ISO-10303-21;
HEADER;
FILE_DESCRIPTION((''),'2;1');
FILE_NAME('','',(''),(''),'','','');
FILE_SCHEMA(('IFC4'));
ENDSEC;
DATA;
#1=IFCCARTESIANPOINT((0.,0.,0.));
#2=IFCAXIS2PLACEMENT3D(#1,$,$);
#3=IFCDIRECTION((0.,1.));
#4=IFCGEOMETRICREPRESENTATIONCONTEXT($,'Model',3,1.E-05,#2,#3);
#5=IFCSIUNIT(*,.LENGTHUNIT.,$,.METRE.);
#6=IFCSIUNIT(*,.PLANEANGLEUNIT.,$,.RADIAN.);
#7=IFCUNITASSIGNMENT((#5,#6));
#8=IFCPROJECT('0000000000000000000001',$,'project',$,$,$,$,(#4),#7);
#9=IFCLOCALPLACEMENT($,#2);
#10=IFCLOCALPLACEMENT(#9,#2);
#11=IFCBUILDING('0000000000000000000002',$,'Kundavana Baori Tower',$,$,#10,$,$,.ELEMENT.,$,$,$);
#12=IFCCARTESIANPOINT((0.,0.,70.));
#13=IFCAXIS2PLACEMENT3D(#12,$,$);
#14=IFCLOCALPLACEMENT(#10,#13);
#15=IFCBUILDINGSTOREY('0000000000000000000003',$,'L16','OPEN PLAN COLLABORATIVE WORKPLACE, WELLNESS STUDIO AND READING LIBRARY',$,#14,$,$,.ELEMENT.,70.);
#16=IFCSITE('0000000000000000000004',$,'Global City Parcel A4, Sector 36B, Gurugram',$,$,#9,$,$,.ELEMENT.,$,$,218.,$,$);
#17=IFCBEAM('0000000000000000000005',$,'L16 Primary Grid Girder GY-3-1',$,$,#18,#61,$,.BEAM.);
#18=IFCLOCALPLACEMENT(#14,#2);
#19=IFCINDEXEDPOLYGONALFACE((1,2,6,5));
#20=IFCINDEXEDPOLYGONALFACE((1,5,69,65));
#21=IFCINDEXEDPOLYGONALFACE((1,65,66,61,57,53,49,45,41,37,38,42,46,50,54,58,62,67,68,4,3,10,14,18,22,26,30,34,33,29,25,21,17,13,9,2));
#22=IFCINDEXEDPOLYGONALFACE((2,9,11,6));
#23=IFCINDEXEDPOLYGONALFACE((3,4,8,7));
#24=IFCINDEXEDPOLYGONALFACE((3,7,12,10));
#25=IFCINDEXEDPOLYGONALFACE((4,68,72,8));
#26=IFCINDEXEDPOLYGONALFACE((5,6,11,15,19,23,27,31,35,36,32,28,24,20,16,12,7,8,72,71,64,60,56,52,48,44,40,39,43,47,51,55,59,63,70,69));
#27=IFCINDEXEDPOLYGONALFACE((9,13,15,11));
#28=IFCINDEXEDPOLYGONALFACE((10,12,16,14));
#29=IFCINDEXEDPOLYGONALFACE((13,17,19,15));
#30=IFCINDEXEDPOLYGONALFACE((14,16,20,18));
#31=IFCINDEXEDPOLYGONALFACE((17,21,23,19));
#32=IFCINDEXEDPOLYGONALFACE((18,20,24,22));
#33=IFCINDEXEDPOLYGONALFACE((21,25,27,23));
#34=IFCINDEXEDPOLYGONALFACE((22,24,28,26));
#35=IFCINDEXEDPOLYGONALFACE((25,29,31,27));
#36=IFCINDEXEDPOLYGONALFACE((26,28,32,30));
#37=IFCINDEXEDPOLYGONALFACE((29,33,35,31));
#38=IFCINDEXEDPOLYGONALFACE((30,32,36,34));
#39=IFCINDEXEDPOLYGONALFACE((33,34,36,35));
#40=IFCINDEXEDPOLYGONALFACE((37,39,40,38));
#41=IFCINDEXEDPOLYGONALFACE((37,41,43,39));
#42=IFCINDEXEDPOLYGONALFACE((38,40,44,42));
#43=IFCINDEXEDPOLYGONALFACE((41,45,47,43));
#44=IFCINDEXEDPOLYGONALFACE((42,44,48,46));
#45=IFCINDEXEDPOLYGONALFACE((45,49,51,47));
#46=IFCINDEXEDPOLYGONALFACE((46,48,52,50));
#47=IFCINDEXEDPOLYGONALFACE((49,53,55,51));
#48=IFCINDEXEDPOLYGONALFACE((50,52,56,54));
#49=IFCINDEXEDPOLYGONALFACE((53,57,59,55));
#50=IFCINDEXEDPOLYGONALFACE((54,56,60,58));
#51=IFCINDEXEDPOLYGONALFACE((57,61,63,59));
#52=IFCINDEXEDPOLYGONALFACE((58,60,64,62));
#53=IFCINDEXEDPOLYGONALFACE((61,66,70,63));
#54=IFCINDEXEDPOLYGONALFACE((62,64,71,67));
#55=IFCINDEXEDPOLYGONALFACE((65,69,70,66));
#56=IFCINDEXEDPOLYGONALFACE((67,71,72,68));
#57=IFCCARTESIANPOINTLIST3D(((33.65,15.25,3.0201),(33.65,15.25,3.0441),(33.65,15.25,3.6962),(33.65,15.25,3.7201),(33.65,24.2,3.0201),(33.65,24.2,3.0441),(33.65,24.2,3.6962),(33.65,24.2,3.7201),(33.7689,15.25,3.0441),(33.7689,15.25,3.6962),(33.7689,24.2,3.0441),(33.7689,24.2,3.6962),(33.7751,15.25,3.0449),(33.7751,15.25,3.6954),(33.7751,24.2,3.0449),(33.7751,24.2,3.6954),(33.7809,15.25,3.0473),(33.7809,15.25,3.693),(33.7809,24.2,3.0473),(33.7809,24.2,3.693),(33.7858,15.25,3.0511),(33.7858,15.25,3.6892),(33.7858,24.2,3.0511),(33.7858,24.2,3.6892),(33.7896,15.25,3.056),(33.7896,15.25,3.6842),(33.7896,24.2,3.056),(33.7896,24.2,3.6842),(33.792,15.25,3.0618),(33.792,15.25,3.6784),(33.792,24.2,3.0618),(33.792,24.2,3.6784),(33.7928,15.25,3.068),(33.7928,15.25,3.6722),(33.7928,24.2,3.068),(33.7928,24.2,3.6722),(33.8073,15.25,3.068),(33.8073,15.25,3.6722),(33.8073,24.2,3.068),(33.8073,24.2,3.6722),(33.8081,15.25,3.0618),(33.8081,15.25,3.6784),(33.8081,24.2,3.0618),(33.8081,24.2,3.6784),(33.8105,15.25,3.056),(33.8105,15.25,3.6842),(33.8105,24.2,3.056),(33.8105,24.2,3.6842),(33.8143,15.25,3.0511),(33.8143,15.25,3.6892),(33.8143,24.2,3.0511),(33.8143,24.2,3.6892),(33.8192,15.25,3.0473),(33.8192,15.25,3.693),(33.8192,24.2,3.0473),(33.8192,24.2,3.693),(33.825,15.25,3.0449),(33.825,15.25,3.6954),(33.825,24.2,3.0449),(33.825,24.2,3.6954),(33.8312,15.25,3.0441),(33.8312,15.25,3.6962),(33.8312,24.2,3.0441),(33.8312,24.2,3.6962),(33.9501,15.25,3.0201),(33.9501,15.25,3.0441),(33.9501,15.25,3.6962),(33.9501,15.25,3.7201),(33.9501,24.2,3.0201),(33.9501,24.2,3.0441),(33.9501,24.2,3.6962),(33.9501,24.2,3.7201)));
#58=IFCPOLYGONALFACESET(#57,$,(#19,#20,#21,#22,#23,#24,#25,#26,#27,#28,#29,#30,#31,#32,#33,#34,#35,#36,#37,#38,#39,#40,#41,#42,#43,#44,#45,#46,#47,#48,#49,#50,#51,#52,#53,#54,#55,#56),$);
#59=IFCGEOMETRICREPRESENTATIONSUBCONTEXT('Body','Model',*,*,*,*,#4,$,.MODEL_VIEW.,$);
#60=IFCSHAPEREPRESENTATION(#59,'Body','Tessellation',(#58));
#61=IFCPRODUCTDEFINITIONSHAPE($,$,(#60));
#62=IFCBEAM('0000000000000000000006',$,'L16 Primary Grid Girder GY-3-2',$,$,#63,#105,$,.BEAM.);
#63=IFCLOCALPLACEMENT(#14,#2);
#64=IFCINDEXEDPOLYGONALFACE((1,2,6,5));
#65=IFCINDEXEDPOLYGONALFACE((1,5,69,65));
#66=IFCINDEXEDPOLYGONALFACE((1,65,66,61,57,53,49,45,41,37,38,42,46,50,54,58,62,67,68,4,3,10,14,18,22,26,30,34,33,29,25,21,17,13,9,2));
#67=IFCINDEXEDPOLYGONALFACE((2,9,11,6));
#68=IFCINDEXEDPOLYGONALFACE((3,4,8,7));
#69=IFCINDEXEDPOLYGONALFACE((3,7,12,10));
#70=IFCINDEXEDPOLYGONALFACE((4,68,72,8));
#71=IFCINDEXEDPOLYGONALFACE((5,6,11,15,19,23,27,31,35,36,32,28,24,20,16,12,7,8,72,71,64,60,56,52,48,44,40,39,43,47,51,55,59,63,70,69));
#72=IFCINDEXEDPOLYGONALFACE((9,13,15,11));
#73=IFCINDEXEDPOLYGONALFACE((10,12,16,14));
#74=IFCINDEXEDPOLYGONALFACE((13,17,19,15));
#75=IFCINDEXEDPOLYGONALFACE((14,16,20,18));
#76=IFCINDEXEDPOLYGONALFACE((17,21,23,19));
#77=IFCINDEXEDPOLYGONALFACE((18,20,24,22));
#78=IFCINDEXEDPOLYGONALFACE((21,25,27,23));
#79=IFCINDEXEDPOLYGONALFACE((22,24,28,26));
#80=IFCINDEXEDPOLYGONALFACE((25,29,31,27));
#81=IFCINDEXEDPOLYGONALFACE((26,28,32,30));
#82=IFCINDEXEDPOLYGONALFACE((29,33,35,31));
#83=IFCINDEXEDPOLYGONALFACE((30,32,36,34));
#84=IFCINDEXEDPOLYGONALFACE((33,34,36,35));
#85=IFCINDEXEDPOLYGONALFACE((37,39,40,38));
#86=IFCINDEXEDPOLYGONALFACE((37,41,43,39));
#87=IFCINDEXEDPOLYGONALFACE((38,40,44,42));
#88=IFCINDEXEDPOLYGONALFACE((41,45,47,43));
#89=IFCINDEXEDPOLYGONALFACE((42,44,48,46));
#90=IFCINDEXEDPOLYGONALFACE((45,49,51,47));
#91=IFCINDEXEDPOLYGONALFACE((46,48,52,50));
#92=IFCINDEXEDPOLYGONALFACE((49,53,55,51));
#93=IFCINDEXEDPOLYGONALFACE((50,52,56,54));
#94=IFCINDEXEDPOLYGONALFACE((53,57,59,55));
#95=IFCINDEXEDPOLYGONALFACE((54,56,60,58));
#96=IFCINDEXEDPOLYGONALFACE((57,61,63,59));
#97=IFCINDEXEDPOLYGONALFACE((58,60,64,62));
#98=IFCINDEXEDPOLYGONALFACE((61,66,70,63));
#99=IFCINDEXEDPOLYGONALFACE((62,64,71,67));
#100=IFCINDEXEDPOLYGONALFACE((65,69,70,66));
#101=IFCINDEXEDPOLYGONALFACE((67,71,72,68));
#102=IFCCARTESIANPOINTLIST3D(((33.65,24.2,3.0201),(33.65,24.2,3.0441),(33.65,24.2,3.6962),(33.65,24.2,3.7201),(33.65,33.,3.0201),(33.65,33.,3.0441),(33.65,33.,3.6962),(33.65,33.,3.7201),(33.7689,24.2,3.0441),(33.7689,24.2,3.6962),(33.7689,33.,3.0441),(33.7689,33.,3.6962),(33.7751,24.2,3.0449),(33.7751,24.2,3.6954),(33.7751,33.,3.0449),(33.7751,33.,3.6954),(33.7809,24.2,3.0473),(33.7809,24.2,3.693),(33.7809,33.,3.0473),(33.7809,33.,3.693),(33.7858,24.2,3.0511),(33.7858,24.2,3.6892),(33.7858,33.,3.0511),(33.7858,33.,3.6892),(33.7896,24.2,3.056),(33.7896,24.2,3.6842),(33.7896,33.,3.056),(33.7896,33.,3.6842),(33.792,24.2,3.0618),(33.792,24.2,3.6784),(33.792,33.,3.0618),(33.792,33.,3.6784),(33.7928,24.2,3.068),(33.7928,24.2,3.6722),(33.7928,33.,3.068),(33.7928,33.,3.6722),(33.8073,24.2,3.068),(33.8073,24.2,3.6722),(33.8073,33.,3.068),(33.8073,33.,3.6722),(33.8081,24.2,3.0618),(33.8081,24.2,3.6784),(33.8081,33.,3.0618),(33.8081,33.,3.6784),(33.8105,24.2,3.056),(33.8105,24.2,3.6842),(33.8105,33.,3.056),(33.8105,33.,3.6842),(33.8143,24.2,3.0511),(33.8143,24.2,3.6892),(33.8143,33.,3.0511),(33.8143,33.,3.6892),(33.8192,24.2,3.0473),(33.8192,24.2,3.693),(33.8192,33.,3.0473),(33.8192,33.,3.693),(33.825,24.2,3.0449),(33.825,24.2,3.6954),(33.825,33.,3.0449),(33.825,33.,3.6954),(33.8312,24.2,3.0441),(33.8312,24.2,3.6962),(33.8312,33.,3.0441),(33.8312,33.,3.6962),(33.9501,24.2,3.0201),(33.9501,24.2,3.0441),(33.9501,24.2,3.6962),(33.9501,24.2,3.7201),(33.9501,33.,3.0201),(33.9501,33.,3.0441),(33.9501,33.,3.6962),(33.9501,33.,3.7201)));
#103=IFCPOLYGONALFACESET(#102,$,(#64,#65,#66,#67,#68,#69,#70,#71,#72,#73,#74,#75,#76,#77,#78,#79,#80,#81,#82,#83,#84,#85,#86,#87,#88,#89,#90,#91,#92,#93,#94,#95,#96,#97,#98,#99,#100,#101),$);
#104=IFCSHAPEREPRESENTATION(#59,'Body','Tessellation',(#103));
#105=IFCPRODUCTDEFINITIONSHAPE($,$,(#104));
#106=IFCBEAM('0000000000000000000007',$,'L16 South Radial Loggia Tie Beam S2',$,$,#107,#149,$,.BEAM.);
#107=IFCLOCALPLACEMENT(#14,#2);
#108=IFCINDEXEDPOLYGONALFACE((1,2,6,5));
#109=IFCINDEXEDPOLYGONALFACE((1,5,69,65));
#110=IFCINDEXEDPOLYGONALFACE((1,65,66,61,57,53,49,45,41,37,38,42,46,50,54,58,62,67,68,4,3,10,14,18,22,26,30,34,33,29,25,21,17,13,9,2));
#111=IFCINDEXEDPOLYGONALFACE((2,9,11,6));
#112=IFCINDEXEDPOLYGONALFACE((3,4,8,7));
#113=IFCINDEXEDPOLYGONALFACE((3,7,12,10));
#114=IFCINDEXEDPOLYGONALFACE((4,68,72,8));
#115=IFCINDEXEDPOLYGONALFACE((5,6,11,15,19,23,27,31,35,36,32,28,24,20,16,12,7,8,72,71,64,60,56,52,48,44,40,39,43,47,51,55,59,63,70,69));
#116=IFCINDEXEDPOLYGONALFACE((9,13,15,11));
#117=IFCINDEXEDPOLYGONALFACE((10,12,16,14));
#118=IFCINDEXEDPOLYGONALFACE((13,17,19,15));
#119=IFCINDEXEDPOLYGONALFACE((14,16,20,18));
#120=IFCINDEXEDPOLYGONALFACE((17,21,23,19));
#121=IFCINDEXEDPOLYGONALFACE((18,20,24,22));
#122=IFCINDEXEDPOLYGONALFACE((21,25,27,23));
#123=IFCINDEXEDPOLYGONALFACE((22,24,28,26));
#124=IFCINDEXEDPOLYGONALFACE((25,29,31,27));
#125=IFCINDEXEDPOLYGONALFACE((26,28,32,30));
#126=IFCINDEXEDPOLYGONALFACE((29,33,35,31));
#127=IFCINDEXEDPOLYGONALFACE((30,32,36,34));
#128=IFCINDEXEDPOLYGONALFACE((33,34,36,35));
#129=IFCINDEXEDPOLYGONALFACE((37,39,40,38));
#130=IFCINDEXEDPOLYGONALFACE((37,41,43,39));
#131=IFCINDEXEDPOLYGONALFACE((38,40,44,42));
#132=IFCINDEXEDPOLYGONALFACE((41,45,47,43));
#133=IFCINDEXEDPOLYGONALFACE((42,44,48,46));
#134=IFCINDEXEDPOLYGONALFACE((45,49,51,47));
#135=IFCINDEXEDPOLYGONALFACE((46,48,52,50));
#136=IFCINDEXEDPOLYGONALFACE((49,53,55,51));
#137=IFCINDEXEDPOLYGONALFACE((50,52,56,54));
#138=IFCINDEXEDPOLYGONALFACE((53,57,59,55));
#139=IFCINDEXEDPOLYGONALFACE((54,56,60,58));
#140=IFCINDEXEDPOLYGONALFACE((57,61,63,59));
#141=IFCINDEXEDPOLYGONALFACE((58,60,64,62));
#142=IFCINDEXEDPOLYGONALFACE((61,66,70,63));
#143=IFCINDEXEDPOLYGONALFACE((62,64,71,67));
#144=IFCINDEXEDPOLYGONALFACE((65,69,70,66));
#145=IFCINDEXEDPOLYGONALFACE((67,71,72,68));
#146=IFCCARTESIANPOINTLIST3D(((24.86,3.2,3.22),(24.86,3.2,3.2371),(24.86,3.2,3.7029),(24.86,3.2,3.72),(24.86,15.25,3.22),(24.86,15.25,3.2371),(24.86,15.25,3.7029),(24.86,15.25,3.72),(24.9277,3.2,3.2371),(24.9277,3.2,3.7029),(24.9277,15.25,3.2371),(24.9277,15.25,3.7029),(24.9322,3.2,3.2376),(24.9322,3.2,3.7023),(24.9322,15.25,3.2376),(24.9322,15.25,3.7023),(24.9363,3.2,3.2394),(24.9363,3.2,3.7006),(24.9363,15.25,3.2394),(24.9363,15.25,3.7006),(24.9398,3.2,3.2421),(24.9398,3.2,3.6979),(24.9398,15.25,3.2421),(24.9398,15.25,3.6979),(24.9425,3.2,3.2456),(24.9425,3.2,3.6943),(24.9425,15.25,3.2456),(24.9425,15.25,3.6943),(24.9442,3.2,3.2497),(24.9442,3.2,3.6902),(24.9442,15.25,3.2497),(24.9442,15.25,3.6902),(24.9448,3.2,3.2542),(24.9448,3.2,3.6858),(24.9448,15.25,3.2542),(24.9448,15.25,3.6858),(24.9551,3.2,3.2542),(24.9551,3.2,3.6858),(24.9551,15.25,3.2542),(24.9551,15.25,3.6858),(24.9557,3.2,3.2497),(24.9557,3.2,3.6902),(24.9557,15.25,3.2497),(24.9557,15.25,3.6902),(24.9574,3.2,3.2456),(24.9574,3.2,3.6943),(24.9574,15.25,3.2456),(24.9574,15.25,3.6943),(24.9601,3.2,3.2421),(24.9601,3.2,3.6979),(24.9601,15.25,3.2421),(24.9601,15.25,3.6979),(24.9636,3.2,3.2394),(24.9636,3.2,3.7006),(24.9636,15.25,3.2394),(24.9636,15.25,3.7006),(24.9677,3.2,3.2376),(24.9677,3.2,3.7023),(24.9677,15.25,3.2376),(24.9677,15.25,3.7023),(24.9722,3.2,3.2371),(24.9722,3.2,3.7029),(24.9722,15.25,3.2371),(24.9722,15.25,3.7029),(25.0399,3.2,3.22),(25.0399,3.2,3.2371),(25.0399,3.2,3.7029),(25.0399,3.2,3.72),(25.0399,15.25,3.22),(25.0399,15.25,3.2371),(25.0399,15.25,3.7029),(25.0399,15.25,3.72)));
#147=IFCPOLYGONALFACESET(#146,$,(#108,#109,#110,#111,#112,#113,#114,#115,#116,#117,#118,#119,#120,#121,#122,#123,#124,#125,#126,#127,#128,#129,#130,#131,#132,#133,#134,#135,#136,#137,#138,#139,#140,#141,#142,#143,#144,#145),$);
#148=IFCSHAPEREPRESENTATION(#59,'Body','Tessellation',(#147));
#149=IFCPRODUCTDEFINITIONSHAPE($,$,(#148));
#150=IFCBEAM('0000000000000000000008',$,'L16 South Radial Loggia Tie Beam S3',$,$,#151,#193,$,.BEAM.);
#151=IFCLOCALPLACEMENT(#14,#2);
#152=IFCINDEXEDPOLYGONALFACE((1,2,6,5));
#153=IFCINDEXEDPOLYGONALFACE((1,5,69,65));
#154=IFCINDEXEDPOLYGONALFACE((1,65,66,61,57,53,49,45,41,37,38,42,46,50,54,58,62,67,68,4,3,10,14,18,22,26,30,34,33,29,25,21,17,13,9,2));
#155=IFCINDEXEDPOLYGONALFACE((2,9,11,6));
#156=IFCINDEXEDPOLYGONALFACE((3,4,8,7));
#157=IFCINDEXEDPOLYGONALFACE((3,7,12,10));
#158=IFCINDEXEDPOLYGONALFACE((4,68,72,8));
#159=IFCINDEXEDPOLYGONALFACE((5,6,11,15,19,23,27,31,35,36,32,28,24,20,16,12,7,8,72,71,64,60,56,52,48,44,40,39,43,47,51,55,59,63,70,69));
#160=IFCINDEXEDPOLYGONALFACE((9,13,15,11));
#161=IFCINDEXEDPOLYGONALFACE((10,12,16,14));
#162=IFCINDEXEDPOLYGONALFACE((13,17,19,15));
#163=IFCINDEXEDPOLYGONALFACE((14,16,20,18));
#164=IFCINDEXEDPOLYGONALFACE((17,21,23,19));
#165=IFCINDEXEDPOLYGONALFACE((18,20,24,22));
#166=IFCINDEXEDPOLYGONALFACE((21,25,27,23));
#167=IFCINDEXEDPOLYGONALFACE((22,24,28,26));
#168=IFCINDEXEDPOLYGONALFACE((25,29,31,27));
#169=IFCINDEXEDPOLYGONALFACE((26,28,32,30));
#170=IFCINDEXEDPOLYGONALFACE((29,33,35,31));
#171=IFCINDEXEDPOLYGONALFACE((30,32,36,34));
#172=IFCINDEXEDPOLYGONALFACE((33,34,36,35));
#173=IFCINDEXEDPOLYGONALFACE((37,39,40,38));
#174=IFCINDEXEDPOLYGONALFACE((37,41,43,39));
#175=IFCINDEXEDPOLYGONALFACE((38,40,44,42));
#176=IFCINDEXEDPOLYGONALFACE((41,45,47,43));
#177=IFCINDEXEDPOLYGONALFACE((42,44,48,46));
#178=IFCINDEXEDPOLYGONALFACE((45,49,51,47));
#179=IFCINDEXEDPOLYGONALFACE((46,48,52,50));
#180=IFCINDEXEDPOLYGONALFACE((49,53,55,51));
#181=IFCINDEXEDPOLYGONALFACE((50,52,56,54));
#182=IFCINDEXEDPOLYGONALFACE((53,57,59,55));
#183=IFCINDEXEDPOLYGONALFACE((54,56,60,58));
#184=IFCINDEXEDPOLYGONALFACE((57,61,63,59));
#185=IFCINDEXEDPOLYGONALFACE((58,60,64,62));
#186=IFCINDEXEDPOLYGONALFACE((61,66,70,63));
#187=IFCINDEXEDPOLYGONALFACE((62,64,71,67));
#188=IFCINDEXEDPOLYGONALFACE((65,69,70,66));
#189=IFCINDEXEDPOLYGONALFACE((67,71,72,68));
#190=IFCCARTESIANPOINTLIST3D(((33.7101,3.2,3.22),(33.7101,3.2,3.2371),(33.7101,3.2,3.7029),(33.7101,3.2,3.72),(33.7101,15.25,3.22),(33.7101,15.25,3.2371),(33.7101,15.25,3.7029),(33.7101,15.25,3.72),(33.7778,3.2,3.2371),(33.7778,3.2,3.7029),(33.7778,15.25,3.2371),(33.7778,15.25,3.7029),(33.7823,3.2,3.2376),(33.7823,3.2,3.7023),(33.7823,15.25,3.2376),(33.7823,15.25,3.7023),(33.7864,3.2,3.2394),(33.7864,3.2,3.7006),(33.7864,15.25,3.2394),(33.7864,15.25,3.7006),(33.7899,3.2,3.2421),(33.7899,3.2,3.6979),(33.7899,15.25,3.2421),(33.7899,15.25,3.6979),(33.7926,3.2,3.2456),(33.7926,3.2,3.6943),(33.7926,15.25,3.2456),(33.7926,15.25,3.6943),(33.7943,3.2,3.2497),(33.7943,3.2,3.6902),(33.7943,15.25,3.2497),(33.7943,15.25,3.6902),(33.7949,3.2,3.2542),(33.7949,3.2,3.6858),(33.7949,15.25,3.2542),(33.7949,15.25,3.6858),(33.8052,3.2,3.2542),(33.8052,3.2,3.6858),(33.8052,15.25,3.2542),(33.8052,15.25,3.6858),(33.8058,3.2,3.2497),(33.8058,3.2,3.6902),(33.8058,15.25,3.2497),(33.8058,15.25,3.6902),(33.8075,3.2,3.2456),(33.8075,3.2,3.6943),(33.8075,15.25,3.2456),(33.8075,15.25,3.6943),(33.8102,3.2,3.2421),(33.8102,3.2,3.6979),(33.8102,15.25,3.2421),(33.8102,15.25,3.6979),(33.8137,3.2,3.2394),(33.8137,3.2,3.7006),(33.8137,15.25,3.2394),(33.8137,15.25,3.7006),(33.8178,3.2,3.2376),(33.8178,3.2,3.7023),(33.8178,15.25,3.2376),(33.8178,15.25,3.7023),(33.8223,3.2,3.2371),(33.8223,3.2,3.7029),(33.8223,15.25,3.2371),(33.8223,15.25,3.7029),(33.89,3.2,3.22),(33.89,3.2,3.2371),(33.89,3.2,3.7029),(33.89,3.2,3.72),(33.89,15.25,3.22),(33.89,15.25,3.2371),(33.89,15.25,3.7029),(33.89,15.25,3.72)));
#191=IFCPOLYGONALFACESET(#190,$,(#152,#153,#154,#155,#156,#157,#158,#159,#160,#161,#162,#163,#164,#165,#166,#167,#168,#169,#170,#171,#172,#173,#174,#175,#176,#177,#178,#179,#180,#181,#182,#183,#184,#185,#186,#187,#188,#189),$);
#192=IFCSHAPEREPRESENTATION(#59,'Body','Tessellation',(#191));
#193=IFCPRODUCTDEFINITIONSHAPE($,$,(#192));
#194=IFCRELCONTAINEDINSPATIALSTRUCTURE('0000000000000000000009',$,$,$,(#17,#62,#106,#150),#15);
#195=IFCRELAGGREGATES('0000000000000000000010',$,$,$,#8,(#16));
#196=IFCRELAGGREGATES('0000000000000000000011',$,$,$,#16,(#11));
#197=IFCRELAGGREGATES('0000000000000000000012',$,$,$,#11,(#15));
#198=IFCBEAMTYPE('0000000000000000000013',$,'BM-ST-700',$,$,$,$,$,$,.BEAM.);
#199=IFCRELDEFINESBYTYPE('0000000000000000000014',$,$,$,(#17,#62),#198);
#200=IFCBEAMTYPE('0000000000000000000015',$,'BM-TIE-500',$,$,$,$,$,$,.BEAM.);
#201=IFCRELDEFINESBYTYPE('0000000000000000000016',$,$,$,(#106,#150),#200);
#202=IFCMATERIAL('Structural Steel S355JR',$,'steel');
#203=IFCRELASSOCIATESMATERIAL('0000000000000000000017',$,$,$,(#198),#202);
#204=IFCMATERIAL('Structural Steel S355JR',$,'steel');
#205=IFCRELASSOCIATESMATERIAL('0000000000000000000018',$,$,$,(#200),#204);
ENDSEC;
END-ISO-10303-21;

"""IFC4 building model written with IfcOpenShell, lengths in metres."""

from ifc_helpers import new_model, si_unit, direction, frame, origin, origin_2d, place, context, subcontext, project, spatial, i_section, extrude, material, material_profile, profile_set, type_object, element, save


model = new_model("IFC4")

# Units and contexts
model_context = context("Model", 3, precision=1e-05, world=origin(), true_north=direction((0.0, 1.0)))
body_context = subcontext(model_context, "Body", "Model", "MODEL_VIEW")
ifc_project = project(units=[si_unit("LENGTHUNIT", "METRE"), si_unit("PLANEANGLEUNIT", "RADIAN")], contexts=[model_context])

# Site, building, storey
site_placement = place(None, origin())
site = spatial("IfcSite", under=ifc_project, at=site_placement, Name="Global City Parcel A4, Sector 36B, Gurugram", CompositionType="ELEMENT", RefElevation=218.0)
building_placement = place(site_placement, origin())
building = spatial("IfcBuilding", under=site, at=building_placement, Name="Kundavana Baori Tower", CompositionType="ELEMENT")
storey_placement = place(building_placement, frame((0.0, 0.0, 70.0)))
storey = spatial("IfcBuildingStorey", under=building, at=storey_placement, Name="L16", Description="OPEN PLAN COLLABORATIVE WORKPLACE, WELLNESS STUDIO AND READING LIBRARY", CompositionType="ELEMENT", Elevation=70.0)

# Beams
ifc_material_1 = material(Name="Structural Steel S355JR", Category="steel")
ifc_material_profile_1 = material_profile(ifc_material_1, i_section(OverallWidth=0.3, OverallDepth=0.7, WebThickness=0.0144, FlangeThickness=0.0239, FilletRadius=0.0239, at=origin_2d()), Name="NPB 700x300x170")
ifc_profile_set_1 = profile_set([ifc_material_profile_1], Name="Structural Steel S355JR")
beam_type_1 = type_object("IfcBeamType", Name="BM-ST-700", PredefinedType="BEAM", material=ifc_profile_set_1)
beam_1_placement = place(storey_placement, frame((33.8, 15.25, 3.3701), z_axis=(0.0, 1.0, 0.0), x_axis=(-1.0, 0.0, 0.0)))
element("IfcBeam", 1, at=beam_1_placement, inside=storey, type_object=beam_type_1, Name="L16 Primary Grid Girder GY-3-1", PredefinedType="BEAM", context=body_context, shape_type="SweptSolid", body=[
    extrude(i_section(OverallWidth=0.3, OverallDepth=0.7, WebThickness=0.0144, FlangeThickness=0.0239, FilletRadius=0.0239, at=origin_2d()), origin(), (0.0, 0.0, 1.0), 8.95),
])
beam_2_placement = place(storey_placement, frame((33.8, 24.2, 3.3701), z_axis=(0.0, 1.0, 0.0), x_axis=(-1.0, 0.0, 0.0)))
element("IfcBeam", 2, at=beam_2_placement, inside=storey, type_object=beam_type_1, Name="L16 Primary Grid Girder GY-3-2", PredefinedType="BEAM", context=body_context, shape_type="SweptSolid", body=[
    extrude(i_section(OverallWidth=0.3, OverallDepth=0.7, WebThickness=0.0144, FlangeThickness=0.0239, FilletRadius=0.0239, at=origin_2d()), origin(), (0.0, 0.0, 1.0), 8.8),
])
ifc_material_2 = material(Name="Structural Steel S355JR", Category="steel")
ifc_material_profile_2 = material_profile(ifc_material_2, i_section(OverallWidth=0.1799, OverallDepth=0.5, WebThickness=0.0103, FlangeThickness=0.0171, FilletRadius=0.0171, at=origin_2d()), Name="ISMB 500")
ifc_profile_set_2 = profile_set([ifc_material_profile_2], Name="Structural Steel S355JR")
beam_type_2 = type_object("IfcBeamType", Name="BM-TIE-500", PredefinedType="BEAM", material=ifc_profile_set_2)
for number, where, z_axis, x_axis, name in (
    (3, (24.95, 15.25, 3.47), (0.0, -1.0, 0.0), (1.0, 0.0, 0.0), "L16 South Radial Loggia Tie Beam S2"),
    (4, (33.8, 15.25, 3.47), (0.0, -1.0, 0.0), (1.0, 0.0, 0.0), "L16 South Radial Loggia Tie Beam S3"),
):
    element("IfcBeam", number, at=place(storey_placement, frame(where, z_axis=z_axis, x_axis=x_axis)), inside=storey, type_object=beam_type_2, Name=name, PredefinedType="BEAM", context=body_context, shape_type="SweptSolid", body=[
        extrude(i_section(OverallWidth=0.1799, OverallDepth=0.5, WebThickness=0.0103, FlangeThickness=0.0171, FilletRadius=0.0171, at=origin_2d()), origin(), (0.0, 0.0, 1.0), 12.05),
    ])

save(model, "model.ifc")
